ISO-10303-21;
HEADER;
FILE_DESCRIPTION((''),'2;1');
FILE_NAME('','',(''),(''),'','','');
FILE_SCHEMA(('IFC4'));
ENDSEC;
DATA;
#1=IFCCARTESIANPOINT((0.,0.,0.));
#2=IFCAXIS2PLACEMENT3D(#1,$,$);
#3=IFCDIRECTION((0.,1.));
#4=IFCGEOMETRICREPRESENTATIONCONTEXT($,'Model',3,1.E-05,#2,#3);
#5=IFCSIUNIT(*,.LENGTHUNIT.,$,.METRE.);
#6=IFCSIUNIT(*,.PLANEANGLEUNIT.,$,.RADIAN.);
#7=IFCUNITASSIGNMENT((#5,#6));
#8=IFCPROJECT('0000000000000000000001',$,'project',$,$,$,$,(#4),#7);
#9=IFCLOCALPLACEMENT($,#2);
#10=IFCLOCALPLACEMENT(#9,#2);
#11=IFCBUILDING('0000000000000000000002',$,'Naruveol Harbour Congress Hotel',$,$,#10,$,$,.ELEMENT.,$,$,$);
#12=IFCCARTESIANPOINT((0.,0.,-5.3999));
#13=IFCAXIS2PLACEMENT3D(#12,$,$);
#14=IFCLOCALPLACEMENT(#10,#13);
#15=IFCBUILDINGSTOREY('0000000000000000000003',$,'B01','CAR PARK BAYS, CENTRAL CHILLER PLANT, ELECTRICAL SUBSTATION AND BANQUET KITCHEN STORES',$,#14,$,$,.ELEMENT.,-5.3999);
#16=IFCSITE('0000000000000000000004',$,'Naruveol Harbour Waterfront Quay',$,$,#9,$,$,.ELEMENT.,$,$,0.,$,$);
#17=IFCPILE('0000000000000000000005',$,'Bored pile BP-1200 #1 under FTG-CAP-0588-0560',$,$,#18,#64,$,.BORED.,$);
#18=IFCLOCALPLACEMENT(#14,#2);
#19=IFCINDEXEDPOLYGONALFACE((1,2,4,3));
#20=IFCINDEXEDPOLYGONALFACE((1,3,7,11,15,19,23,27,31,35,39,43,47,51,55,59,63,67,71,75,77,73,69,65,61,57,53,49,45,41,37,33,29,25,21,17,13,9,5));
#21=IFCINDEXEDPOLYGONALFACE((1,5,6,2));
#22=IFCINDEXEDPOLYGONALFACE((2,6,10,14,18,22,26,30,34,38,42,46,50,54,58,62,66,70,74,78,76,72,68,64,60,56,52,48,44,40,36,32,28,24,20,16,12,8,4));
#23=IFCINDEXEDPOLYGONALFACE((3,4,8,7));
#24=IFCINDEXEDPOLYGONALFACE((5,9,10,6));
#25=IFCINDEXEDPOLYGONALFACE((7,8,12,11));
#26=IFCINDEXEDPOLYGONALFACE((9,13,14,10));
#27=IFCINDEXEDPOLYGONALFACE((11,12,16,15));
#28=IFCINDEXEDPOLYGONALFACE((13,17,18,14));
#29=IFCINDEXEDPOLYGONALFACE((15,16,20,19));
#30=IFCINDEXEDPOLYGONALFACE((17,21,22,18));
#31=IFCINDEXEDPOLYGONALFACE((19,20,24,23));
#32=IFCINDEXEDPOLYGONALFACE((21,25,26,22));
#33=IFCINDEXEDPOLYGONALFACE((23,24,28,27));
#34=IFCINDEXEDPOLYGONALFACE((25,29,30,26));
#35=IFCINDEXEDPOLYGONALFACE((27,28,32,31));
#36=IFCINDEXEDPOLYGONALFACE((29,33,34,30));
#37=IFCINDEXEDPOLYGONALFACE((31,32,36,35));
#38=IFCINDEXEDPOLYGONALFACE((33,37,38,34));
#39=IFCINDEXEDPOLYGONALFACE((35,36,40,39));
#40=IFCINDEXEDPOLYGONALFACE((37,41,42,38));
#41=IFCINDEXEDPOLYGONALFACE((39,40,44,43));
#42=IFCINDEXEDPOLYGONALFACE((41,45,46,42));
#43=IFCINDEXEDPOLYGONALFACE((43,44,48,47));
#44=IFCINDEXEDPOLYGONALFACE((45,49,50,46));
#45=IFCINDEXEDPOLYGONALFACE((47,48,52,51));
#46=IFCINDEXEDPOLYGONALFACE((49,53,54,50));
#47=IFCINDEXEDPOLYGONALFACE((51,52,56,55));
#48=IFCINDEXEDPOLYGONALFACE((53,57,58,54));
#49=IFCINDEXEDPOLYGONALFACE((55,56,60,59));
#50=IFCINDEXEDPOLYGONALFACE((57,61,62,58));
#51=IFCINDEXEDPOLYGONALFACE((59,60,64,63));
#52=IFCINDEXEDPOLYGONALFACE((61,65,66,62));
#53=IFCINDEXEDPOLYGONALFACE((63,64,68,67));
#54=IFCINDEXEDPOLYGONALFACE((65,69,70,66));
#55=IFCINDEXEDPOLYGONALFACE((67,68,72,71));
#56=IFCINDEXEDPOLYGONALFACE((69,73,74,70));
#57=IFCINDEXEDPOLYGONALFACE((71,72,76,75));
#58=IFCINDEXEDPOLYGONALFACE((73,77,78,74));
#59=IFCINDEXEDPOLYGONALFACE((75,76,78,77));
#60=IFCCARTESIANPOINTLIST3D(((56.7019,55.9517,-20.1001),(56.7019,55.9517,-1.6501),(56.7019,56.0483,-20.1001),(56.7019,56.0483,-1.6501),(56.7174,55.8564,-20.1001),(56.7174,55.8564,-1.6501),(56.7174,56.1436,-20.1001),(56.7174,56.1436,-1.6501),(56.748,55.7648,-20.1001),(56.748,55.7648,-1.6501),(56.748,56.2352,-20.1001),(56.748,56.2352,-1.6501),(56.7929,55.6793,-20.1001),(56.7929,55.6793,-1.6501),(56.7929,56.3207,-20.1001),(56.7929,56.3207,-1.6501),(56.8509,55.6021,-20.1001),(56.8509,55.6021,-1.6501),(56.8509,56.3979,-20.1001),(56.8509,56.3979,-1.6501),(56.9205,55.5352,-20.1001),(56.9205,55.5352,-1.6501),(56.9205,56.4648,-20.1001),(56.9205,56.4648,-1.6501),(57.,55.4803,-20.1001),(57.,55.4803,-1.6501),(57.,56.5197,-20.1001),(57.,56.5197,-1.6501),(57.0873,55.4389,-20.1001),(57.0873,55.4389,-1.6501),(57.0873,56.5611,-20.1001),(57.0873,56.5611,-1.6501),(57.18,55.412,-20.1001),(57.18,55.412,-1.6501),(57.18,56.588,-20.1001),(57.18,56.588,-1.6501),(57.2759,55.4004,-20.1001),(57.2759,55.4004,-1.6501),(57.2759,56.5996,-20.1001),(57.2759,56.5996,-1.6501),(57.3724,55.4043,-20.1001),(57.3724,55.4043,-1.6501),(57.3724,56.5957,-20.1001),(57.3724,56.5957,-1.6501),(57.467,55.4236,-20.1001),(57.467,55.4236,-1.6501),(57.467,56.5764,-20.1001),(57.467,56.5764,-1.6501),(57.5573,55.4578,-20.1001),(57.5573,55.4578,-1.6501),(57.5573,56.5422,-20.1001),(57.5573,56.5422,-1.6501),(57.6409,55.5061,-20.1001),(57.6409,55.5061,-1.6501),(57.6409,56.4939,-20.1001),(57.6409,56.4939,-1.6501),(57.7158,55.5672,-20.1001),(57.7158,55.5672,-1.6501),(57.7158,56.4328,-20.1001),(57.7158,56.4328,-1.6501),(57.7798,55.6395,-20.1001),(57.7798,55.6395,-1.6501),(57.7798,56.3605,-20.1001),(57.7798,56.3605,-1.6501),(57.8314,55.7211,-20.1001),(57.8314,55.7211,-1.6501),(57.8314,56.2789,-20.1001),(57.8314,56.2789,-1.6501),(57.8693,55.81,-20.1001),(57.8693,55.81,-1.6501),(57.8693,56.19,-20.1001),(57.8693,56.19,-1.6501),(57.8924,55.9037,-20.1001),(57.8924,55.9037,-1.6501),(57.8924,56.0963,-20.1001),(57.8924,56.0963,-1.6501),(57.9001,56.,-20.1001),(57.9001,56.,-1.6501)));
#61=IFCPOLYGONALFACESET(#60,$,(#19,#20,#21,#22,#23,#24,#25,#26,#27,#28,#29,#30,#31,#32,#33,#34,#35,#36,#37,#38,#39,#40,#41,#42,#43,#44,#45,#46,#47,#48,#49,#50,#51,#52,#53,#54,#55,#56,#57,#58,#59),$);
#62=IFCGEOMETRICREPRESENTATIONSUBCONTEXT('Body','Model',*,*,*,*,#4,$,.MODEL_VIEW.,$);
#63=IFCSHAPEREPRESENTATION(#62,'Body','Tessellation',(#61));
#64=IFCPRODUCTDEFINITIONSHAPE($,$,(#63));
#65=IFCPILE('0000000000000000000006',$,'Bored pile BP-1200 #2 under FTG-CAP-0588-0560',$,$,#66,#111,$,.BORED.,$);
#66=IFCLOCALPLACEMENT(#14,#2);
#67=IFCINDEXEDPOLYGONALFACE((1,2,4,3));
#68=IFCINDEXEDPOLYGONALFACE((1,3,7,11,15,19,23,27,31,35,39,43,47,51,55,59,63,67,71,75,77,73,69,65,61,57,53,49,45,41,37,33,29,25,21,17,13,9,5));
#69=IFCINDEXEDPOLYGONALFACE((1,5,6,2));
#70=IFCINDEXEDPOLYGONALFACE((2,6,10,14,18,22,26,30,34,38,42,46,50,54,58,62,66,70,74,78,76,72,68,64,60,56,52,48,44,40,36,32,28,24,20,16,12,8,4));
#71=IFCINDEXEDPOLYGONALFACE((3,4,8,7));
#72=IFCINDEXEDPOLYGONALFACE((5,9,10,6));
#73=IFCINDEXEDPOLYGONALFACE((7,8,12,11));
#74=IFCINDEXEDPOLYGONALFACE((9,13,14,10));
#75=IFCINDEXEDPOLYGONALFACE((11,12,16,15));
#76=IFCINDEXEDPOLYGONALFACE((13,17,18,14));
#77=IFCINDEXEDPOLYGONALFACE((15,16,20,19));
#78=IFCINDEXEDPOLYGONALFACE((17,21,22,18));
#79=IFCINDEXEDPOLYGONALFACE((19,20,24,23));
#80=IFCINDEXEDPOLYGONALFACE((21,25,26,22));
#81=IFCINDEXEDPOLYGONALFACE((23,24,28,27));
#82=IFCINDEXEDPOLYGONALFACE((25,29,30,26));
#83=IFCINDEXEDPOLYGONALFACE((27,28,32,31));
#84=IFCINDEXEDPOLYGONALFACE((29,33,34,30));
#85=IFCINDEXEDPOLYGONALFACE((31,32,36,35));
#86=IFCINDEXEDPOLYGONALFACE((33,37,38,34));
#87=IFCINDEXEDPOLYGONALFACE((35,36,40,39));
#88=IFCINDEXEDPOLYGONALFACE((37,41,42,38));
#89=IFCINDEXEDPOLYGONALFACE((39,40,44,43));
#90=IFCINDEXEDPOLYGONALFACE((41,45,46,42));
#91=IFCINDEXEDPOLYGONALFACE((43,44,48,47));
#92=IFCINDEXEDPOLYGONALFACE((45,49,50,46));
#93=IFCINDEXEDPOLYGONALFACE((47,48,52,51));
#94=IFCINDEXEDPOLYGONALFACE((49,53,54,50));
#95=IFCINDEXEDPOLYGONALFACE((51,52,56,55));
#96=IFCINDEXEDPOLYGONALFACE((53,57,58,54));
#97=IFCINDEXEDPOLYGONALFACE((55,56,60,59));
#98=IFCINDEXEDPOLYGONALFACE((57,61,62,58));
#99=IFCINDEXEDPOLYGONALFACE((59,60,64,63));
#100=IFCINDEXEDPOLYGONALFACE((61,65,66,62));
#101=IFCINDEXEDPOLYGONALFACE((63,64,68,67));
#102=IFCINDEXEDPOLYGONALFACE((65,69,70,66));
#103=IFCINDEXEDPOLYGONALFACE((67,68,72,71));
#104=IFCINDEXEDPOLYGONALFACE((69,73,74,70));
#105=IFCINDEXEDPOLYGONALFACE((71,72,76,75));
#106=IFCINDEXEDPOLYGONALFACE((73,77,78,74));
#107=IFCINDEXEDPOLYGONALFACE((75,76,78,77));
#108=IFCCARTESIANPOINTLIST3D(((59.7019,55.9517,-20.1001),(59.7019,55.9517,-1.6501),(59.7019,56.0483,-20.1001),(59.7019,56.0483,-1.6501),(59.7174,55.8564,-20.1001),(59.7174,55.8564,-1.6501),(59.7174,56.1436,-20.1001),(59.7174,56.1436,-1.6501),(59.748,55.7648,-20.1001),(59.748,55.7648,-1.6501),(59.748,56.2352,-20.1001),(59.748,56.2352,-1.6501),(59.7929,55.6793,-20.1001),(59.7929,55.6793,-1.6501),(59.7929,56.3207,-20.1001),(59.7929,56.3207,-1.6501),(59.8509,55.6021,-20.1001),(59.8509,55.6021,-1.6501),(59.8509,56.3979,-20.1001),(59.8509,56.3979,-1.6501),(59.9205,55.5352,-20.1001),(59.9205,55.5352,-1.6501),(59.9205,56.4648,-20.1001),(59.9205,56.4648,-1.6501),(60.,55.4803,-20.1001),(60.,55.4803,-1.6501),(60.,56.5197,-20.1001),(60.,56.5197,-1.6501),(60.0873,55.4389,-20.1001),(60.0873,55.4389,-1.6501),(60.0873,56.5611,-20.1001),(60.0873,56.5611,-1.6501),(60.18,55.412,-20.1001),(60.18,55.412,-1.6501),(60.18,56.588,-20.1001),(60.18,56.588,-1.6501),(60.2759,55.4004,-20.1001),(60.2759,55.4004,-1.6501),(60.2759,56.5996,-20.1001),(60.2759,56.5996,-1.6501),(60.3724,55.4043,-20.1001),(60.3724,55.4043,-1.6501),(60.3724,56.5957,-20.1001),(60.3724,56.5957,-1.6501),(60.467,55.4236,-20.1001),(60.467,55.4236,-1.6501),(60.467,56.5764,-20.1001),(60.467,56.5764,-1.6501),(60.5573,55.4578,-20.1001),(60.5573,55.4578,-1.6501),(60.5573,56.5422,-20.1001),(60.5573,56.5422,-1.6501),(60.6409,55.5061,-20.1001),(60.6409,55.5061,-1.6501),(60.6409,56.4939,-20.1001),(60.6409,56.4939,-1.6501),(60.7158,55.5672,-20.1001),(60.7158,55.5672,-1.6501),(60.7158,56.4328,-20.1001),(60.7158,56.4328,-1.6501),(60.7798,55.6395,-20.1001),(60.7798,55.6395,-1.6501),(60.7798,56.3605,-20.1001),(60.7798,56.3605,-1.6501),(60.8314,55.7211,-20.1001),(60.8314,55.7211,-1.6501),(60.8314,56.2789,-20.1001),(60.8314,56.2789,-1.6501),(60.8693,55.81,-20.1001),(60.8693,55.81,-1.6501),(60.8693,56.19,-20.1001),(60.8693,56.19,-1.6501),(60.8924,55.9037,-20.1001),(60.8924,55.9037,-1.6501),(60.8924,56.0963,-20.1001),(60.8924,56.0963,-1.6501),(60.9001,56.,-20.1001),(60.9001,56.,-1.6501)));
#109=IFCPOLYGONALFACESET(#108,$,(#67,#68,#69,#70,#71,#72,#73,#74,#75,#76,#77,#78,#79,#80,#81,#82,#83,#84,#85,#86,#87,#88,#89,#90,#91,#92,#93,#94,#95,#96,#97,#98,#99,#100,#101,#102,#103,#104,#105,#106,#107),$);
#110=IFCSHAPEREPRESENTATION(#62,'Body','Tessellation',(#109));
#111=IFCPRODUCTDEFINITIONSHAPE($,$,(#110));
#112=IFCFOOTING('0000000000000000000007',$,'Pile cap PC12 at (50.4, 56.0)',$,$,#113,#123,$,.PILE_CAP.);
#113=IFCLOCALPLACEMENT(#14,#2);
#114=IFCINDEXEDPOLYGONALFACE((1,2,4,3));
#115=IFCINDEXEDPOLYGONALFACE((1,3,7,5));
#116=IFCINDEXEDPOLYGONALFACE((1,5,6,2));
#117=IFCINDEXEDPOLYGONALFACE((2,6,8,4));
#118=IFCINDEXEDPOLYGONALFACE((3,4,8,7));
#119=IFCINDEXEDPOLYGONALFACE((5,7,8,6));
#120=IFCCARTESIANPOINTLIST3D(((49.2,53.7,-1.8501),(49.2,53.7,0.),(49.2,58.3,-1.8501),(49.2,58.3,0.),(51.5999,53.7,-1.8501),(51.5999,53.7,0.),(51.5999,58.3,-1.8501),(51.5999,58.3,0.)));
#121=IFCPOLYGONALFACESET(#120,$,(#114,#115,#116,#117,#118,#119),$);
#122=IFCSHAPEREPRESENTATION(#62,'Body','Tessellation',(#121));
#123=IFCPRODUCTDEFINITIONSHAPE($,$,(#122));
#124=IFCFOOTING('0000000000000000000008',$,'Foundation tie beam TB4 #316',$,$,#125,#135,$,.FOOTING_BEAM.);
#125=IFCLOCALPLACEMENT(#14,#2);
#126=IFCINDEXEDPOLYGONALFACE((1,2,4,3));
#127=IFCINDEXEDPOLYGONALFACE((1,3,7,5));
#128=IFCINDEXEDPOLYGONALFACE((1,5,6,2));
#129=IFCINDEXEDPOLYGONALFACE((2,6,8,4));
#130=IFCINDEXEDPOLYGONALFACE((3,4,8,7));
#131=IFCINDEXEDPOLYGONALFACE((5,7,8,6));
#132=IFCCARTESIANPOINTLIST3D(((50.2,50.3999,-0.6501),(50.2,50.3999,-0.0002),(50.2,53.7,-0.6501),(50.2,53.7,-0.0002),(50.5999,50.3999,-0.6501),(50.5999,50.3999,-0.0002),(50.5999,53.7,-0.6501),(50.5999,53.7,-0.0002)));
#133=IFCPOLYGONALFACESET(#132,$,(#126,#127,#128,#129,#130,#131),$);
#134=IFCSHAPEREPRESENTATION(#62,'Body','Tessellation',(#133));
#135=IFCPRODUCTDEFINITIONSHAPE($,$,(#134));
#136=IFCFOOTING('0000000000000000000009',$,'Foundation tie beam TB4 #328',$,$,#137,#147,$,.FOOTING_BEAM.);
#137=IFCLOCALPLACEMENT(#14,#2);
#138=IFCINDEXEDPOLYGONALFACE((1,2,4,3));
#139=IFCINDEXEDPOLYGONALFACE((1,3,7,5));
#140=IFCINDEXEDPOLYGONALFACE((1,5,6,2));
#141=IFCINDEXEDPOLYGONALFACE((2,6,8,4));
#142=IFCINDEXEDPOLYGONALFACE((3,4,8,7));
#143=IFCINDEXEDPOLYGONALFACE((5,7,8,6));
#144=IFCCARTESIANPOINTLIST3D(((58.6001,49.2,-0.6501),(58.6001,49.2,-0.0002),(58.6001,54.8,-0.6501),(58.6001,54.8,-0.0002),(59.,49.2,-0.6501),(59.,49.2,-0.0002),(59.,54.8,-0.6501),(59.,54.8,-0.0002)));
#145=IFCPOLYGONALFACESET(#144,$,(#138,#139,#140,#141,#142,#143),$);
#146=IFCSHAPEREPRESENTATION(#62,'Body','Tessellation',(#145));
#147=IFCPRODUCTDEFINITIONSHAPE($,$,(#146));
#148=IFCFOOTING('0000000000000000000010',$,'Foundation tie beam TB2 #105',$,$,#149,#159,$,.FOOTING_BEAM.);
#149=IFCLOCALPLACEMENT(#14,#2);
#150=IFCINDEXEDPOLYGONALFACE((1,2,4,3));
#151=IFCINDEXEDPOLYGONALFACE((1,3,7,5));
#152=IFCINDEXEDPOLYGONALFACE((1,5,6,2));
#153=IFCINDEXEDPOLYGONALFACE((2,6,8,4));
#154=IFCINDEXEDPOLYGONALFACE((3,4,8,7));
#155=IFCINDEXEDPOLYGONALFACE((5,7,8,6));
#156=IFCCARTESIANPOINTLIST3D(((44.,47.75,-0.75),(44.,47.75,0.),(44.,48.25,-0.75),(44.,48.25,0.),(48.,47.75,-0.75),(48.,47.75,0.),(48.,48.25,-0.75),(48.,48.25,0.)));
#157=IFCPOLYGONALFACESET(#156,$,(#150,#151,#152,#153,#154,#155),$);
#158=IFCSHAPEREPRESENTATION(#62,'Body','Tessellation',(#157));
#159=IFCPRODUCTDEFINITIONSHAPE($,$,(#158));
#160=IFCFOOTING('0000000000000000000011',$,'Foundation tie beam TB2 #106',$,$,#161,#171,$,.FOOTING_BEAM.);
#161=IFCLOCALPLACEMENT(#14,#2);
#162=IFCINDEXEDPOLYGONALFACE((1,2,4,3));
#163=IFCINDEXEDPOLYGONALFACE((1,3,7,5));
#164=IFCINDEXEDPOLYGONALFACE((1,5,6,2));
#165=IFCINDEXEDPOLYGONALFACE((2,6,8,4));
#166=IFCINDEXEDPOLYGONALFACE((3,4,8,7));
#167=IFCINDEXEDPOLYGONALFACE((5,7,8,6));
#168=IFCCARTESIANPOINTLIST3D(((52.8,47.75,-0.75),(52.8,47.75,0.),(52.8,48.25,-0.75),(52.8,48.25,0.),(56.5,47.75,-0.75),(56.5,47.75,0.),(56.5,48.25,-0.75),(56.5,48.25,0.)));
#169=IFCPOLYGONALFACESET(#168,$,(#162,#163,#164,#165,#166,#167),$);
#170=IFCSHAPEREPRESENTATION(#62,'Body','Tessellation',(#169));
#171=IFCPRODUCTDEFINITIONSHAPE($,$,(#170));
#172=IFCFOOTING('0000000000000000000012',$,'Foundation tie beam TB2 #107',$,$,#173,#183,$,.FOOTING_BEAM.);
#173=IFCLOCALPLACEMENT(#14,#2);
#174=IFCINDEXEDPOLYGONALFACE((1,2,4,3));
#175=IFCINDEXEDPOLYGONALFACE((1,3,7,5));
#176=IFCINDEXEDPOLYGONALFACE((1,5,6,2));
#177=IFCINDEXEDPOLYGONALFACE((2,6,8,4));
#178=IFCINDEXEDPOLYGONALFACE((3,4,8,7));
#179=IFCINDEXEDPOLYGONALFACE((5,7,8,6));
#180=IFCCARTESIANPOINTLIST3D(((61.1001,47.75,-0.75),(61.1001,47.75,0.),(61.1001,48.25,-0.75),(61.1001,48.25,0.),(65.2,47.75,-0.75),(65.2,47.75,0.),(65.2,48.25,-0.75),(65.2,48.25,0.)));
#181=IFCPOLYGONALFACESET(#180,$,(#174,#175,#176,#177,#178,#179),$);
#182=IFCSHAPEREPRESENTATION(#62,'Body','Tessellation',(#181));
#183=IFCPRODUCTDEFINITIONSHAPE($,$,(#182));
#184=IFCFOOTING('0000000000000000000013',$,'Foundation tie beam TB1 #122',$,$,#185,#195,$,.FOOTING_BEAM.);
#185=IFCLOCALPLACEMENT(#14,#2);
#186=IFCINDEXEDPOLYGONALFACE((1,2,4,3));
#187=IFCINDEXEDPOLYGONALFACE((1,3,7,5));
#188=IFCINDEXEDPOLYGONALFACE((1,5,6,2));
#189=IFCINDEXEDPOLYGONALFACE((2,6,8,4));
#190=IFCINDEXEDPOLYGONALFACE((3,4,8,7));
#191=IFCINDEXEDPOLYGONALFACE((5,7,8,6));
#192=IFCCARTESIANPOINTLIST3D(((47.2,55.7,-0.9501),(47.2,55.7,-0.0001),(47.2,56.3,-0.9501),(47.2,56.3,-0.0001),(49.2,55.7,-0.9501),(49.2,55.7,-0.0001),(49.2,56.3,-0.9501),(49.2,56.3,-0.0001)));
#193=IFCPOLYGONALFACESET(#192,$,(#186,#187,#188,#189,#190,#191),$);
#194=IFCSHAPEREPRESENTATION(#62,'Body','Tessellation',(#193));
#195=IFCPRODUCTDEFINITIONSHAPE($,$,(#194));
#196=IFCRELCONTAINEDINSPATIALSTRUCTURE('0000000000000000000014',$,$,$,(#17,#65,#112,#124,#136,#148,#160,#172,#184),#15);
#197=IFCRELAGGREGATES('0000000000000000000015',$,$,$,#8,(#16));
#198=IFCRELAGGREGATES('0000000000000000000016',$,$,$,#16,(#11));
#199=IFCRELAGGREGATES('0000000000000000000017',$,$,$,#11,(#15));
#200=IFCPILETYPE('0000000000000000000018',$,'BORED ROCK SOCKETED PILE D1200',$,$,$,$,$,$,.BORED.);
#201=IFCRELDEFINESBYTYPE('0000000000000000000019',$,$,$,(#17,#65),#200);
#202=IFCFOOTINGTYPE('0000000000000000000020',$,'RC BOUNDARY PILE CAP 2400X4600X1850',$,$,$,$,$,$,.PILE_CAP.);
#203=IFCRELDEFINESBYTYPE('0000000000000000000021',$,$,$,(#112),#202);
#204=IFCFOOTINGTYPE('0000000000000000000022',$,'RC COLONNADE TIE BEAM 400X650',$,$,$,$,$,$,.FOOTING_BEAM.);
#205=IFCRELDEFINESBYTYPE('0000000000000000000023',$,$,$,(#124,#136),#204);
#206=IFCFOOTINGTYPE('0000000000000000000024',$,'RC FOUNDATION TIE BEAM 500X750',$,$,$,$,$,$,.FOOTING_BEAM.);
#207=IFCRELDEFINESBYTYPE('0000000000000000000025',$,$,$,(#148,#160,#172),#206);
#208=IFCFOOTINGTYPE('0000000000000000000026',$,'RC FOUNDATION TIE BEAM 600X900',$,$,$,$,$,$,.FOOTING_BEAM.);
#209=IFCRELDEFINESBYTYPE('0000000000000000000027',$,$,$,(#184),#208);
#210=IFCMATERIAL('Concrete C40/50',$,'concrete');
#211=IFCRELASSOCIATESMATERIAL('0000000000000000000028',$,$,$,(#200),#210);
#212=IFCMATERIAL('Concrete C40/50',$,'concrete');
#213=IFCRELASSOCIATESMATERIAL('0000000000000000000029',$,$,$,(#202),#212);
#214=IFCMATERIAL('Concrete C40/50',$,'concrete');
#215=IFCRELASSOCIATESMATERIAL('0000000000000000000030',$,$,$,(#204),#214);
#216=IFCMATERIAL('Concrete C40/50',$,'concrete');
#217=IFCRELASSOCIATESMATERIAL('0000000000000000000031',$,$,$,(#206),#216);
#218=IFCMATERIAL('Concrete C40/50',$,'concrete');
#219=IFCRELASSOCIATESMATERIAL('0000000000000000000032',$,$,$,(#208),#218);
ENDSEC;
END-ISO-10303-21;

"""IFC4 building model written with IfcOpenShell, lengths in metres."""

from ifc_helpers import new_model, si_unit, direction, frame, origin, origin_2d, place, context, subcontext, project, spatial, rectangle, circle, extrude, material, material_profile, profile_set, type_object, element, save


model = new_model("IFC4")

# Units and contexts
model_context = context("Model", 3, precision=1e-05, world=origin(), true_north=direction((0.0, 1.0)))
body_context = subcontext(model_context, "Body", "Model", "MODEL_VIEW")
ifc_project = project(units=[si_unit("LENGTHUNIT", "METRE"), si_unit("PLANEANGLEUNIT", "RADIAN")], contexts=[model_context])

# Site, building, storey
site_placement = place(None, origin())
site = spatial("IfcSite", under=ifc_project, at=site_placement, Name="Naruveol Harbour Waterfront Quay", CompositionType="ELEMENT", RefElevation=0.0)
building_placement = place(site_placement, origin())
building = spatial("IfcBuilding", under=site, at=building_placement, Name="Naruveol Harbour Congress Hotel", CompositionType="ELEMENT")
storey_placement = place(building_placement, frame((0.0, 0.0, -5.3999)))
storey = spatial("IfcBuildingStorey", under=building, at=storey_placement, Name="B01", Description="CAR PARK BAYS, CENTRAL CHILLER PLANT, ELECTRICAL SUBSTATION AND BANQUET KITCHEN STORES", CompositionType="ELEMENT", Elevation=-5.3999)

# Piles
ifc_material_1 = material(Name="Concrete C40/50", Category="concrete")
ifc_material_profile_1 = material_profile(ifc_material_1, circle(Radius=0.6001, at=origin_2d()), Name="BP-1200")
ifc_profile_set_1 = profile_set([ifc_material_profile_1], Name="Concrete C40/50")
pile_type_1 = type_object("IfcPileType", Name="BORED ROCK SOCKETED PILE D1200", PredefinedType="BORED", material=ifc_profile_set_1)
for number, where, z_axis, x_axis, name in (
    (1, (57.3, 56.0, -1.6501), (0.0, 0.0, -1.0), (1.0, 0.0, 0.0), "Bored pile BP-1200 #1 under FTG-CAP-0588-0560"),
    (2, (60.3, 56.0, -1.6501), (0.0, 0.0, -1.0), (1.0, 0.0, 0.0), "Bored pile BP-1200 #2 under FTG-CAP-0588-0560"),
):
    element("IfcPile", number, at=place(storey_placement, frame(where, z_axis=z_axis, x_axis=x_axis)), inside=storey, type_object=pile_type_1, Name=name, PredefinedType="BORED", context=body_context, shape_type="SweptSolid", body=[
        extrude(circle(Radius=0.6001, at=origin_2d()), origin(), (0.0, 0.0, 1.0), 18.45),
    ])

# Footings
ifc_material_2 = material(Name="Concrete C40/50", Category="concrete")
footing_type_1 = type_object("IfcFootingType", Name="RC BOUNDARY PILE CAP 2400X4600X1850", PredefinedType="PILE_CAP", material=ifc_material_2)
footing_1_placement = place(storey_placement, frame((50.3999, 56.0, -1.8501), z_axis=(0.0, 0.0, 1.0), x_axis=(1.0, 0.0, 0.0)))
element("IfcFooting", 3, at=footing_1_placement, inside=storey, type_object=footing_type_1, Name="Pile cap PC12 at (50.4, 56.0)", PredefinedType="PILE_CAP", context=body_context, shape_type="SweptSolid", body=[
    extrude(rectangle(XDim=2.3999, YDim=4.6001, at=origin_2d()), origin(), (0.0, 0.0, 1.0), 1.8501),
])
ifc_material_3 = material(Name="Concrete C40/50", Category="concrete")
ifc_material_profile_2 = material_profile(ifc_material_3, rectangle(XDim=0.3999, YDim=0.6499, at=origin_2d()), Name="RCB-400x650")
ifc_profile_set_2 = profile_set([ifc_material_profile_2], Name="Concrete C40/50")
footing_type_2 = type_object("IfcFootingType", Name="RC COLONNADE TIE BEAM 400X650", PredefinedType="FOOTING_BEAM", material=ifc_profile_set_2)
footing_2_placement = place(storey_placement, frame((50.3999, 50.3999, -0.3252), z_axis=(0.0, 1.0, 0.0), x_axis=(-1.0, 0.0, 0.0)))
element("IfcFooting", 4, at=footing_2_placement, inside=storey, type_object=footing_type_2, Name="Foundation tie beam TB4 #316", PredefinedType="FOOTING_BEAM", context=body_context, shape_type="SweptSolid", body=[
    extrude(rectangle(XDim=0.3999, YDim=0.6499, at=origin_2d()), origin(), (0.0, 0.0, 1.0), 3.3),
])
footing_3_placement = place(storey_placement, frame((58.8, 49.2, -0.3252), z_axis=(0.0, 1.0, 0.0), x_axis=(-1.0, 0.0, 0.0)))
element("IfcFooting", 5, at=footing_3_placement, inside=storey, type_object=footing_type_2, Name="Foundation tie beam TB4 #328", PredefinedType="FOOTING_BEAM", context=body_context, shape_type="SweptSolid", body=[
    extrude(rectangle(XDim=0.3999, YDim=0.6499, at=origin_2d()), origin(), (0.0, 0.0, 1.0), 5.6001),
])
ifc_material_4 = material(Name="Concrete C40/50", Category="concrete")
ifc_material_profile_3 = material_profile(ifc_material_4, rectangle(XDim=0.5, YDim=0.75, at=origin_2d()), Name="RCB-500x750")
ifc_profile_set_3 = profile_set([ifc_material_profile_3], Name="Concrete C40/50")
footing_type_3 = type_object("IfcFootingType", Name="RC FOUNDATION TIE BEAM 500X750", PredefinedType="FOOTING_BEAM", material=ifc_profile_set_3)
footing_4_placement = place(storey_placement, frame((44.0, 48.0, -0.375), z_axis=(1.0, 0.0, 0.0), x_axis=(0.0, 1.0, 0.0)))
element("IfcFooting", 6, at=footing_4_placement, inside=storey, type_object=footing_type_3, Name="Foundation tie beam TB2 #105", PredefinedType="FOOTING_BEAM", context=body_context, shape_type="SweptSolid", body=[
    extrude(rectangle(XDim=0.5, YDim=0.75, at=origin_2d()), origin(), (0.0, 0.0, 1.0), 4.0),
])
footing_5_placement = place(storey_placement, frame((52.8, 48.0, -0.375), z_axis=(1.0, 0.0, 0.0), x_axis=(0.0, 1.0, 0.0)))
element("IfcFooting", 7, at=footing_5_placement, inside=storey, type_object=footing_type_3, Name="Foundation tie beam TB2 #106", PredefinedType="FOOTING_BEAM", context=body_context, shape_type="SweptSolid", body=[
    extrude(rectangle(XDim=0.5, YDim=0.75, at=origin_2d()), origin(), (0.0, 0.0, 1.0), 3.7),
])
footing_6_placement = place(storey_placement, frame((61.1001, 48.0, -0.375), z_axis=(1.0, 0.0, 0.0), x_axis=(0.0, 1.0, 0.0)))
element("IfcFooting", 8, at=footing_6_placement, inside=storey, type_object=footing_type_3, Name="Foundation tie beam TB2 #107", PredefinedType="FOOTING_BEAM", context=body_context, shape_type="SweptSolid", body=[
    extrude(rectangle(XDim=0.5, YDim=0.75, at=origin_2d()), origin(), (0.0, 0.0, 1.0), 4.0999),
])
ifc_material_5 = material(Name="Concrete C40/50", Category="concrete")
ifc_material_profile_4 = material_profile(ifc_material_5, rectangle(XDim=0.6001, YDim=0.95, at=origin_2d()), Name="RCB-600x950")
ifc_profile_set_4 = profile_set([ifc_material_profile_4], Name="Concrete C40/50")
footing_type_4 = type_object("IfcFootingType", Name="RC FOUNDATION TIE BEAM 600X900", PredefinedType="FOOTING_BEAM", material=ifc_profile_set_4)
footing_7_placement = place(storey_placement, frame((47.2, 56.0, -0.4751), z_axis=(1.0, 0.0, 0.0), x_axis=(0.0, 1.0, 0.0)))
element("IfcFooting", 9, at=footing_7_placement, inside=storey, type_object=footing_type_4, Name="Foundation tie beam TB1 #122", PredefinedType="FOOTING_BEAM", context=body_context, shape_type="SweptSolid", body=[
    extrude(rectangle(XDim=0.6001, YDim=0.95, at=origin_2d()), origin(), (0.0, 0.0, 1.0), 2.0),
])

save(model, "model.ifc")
